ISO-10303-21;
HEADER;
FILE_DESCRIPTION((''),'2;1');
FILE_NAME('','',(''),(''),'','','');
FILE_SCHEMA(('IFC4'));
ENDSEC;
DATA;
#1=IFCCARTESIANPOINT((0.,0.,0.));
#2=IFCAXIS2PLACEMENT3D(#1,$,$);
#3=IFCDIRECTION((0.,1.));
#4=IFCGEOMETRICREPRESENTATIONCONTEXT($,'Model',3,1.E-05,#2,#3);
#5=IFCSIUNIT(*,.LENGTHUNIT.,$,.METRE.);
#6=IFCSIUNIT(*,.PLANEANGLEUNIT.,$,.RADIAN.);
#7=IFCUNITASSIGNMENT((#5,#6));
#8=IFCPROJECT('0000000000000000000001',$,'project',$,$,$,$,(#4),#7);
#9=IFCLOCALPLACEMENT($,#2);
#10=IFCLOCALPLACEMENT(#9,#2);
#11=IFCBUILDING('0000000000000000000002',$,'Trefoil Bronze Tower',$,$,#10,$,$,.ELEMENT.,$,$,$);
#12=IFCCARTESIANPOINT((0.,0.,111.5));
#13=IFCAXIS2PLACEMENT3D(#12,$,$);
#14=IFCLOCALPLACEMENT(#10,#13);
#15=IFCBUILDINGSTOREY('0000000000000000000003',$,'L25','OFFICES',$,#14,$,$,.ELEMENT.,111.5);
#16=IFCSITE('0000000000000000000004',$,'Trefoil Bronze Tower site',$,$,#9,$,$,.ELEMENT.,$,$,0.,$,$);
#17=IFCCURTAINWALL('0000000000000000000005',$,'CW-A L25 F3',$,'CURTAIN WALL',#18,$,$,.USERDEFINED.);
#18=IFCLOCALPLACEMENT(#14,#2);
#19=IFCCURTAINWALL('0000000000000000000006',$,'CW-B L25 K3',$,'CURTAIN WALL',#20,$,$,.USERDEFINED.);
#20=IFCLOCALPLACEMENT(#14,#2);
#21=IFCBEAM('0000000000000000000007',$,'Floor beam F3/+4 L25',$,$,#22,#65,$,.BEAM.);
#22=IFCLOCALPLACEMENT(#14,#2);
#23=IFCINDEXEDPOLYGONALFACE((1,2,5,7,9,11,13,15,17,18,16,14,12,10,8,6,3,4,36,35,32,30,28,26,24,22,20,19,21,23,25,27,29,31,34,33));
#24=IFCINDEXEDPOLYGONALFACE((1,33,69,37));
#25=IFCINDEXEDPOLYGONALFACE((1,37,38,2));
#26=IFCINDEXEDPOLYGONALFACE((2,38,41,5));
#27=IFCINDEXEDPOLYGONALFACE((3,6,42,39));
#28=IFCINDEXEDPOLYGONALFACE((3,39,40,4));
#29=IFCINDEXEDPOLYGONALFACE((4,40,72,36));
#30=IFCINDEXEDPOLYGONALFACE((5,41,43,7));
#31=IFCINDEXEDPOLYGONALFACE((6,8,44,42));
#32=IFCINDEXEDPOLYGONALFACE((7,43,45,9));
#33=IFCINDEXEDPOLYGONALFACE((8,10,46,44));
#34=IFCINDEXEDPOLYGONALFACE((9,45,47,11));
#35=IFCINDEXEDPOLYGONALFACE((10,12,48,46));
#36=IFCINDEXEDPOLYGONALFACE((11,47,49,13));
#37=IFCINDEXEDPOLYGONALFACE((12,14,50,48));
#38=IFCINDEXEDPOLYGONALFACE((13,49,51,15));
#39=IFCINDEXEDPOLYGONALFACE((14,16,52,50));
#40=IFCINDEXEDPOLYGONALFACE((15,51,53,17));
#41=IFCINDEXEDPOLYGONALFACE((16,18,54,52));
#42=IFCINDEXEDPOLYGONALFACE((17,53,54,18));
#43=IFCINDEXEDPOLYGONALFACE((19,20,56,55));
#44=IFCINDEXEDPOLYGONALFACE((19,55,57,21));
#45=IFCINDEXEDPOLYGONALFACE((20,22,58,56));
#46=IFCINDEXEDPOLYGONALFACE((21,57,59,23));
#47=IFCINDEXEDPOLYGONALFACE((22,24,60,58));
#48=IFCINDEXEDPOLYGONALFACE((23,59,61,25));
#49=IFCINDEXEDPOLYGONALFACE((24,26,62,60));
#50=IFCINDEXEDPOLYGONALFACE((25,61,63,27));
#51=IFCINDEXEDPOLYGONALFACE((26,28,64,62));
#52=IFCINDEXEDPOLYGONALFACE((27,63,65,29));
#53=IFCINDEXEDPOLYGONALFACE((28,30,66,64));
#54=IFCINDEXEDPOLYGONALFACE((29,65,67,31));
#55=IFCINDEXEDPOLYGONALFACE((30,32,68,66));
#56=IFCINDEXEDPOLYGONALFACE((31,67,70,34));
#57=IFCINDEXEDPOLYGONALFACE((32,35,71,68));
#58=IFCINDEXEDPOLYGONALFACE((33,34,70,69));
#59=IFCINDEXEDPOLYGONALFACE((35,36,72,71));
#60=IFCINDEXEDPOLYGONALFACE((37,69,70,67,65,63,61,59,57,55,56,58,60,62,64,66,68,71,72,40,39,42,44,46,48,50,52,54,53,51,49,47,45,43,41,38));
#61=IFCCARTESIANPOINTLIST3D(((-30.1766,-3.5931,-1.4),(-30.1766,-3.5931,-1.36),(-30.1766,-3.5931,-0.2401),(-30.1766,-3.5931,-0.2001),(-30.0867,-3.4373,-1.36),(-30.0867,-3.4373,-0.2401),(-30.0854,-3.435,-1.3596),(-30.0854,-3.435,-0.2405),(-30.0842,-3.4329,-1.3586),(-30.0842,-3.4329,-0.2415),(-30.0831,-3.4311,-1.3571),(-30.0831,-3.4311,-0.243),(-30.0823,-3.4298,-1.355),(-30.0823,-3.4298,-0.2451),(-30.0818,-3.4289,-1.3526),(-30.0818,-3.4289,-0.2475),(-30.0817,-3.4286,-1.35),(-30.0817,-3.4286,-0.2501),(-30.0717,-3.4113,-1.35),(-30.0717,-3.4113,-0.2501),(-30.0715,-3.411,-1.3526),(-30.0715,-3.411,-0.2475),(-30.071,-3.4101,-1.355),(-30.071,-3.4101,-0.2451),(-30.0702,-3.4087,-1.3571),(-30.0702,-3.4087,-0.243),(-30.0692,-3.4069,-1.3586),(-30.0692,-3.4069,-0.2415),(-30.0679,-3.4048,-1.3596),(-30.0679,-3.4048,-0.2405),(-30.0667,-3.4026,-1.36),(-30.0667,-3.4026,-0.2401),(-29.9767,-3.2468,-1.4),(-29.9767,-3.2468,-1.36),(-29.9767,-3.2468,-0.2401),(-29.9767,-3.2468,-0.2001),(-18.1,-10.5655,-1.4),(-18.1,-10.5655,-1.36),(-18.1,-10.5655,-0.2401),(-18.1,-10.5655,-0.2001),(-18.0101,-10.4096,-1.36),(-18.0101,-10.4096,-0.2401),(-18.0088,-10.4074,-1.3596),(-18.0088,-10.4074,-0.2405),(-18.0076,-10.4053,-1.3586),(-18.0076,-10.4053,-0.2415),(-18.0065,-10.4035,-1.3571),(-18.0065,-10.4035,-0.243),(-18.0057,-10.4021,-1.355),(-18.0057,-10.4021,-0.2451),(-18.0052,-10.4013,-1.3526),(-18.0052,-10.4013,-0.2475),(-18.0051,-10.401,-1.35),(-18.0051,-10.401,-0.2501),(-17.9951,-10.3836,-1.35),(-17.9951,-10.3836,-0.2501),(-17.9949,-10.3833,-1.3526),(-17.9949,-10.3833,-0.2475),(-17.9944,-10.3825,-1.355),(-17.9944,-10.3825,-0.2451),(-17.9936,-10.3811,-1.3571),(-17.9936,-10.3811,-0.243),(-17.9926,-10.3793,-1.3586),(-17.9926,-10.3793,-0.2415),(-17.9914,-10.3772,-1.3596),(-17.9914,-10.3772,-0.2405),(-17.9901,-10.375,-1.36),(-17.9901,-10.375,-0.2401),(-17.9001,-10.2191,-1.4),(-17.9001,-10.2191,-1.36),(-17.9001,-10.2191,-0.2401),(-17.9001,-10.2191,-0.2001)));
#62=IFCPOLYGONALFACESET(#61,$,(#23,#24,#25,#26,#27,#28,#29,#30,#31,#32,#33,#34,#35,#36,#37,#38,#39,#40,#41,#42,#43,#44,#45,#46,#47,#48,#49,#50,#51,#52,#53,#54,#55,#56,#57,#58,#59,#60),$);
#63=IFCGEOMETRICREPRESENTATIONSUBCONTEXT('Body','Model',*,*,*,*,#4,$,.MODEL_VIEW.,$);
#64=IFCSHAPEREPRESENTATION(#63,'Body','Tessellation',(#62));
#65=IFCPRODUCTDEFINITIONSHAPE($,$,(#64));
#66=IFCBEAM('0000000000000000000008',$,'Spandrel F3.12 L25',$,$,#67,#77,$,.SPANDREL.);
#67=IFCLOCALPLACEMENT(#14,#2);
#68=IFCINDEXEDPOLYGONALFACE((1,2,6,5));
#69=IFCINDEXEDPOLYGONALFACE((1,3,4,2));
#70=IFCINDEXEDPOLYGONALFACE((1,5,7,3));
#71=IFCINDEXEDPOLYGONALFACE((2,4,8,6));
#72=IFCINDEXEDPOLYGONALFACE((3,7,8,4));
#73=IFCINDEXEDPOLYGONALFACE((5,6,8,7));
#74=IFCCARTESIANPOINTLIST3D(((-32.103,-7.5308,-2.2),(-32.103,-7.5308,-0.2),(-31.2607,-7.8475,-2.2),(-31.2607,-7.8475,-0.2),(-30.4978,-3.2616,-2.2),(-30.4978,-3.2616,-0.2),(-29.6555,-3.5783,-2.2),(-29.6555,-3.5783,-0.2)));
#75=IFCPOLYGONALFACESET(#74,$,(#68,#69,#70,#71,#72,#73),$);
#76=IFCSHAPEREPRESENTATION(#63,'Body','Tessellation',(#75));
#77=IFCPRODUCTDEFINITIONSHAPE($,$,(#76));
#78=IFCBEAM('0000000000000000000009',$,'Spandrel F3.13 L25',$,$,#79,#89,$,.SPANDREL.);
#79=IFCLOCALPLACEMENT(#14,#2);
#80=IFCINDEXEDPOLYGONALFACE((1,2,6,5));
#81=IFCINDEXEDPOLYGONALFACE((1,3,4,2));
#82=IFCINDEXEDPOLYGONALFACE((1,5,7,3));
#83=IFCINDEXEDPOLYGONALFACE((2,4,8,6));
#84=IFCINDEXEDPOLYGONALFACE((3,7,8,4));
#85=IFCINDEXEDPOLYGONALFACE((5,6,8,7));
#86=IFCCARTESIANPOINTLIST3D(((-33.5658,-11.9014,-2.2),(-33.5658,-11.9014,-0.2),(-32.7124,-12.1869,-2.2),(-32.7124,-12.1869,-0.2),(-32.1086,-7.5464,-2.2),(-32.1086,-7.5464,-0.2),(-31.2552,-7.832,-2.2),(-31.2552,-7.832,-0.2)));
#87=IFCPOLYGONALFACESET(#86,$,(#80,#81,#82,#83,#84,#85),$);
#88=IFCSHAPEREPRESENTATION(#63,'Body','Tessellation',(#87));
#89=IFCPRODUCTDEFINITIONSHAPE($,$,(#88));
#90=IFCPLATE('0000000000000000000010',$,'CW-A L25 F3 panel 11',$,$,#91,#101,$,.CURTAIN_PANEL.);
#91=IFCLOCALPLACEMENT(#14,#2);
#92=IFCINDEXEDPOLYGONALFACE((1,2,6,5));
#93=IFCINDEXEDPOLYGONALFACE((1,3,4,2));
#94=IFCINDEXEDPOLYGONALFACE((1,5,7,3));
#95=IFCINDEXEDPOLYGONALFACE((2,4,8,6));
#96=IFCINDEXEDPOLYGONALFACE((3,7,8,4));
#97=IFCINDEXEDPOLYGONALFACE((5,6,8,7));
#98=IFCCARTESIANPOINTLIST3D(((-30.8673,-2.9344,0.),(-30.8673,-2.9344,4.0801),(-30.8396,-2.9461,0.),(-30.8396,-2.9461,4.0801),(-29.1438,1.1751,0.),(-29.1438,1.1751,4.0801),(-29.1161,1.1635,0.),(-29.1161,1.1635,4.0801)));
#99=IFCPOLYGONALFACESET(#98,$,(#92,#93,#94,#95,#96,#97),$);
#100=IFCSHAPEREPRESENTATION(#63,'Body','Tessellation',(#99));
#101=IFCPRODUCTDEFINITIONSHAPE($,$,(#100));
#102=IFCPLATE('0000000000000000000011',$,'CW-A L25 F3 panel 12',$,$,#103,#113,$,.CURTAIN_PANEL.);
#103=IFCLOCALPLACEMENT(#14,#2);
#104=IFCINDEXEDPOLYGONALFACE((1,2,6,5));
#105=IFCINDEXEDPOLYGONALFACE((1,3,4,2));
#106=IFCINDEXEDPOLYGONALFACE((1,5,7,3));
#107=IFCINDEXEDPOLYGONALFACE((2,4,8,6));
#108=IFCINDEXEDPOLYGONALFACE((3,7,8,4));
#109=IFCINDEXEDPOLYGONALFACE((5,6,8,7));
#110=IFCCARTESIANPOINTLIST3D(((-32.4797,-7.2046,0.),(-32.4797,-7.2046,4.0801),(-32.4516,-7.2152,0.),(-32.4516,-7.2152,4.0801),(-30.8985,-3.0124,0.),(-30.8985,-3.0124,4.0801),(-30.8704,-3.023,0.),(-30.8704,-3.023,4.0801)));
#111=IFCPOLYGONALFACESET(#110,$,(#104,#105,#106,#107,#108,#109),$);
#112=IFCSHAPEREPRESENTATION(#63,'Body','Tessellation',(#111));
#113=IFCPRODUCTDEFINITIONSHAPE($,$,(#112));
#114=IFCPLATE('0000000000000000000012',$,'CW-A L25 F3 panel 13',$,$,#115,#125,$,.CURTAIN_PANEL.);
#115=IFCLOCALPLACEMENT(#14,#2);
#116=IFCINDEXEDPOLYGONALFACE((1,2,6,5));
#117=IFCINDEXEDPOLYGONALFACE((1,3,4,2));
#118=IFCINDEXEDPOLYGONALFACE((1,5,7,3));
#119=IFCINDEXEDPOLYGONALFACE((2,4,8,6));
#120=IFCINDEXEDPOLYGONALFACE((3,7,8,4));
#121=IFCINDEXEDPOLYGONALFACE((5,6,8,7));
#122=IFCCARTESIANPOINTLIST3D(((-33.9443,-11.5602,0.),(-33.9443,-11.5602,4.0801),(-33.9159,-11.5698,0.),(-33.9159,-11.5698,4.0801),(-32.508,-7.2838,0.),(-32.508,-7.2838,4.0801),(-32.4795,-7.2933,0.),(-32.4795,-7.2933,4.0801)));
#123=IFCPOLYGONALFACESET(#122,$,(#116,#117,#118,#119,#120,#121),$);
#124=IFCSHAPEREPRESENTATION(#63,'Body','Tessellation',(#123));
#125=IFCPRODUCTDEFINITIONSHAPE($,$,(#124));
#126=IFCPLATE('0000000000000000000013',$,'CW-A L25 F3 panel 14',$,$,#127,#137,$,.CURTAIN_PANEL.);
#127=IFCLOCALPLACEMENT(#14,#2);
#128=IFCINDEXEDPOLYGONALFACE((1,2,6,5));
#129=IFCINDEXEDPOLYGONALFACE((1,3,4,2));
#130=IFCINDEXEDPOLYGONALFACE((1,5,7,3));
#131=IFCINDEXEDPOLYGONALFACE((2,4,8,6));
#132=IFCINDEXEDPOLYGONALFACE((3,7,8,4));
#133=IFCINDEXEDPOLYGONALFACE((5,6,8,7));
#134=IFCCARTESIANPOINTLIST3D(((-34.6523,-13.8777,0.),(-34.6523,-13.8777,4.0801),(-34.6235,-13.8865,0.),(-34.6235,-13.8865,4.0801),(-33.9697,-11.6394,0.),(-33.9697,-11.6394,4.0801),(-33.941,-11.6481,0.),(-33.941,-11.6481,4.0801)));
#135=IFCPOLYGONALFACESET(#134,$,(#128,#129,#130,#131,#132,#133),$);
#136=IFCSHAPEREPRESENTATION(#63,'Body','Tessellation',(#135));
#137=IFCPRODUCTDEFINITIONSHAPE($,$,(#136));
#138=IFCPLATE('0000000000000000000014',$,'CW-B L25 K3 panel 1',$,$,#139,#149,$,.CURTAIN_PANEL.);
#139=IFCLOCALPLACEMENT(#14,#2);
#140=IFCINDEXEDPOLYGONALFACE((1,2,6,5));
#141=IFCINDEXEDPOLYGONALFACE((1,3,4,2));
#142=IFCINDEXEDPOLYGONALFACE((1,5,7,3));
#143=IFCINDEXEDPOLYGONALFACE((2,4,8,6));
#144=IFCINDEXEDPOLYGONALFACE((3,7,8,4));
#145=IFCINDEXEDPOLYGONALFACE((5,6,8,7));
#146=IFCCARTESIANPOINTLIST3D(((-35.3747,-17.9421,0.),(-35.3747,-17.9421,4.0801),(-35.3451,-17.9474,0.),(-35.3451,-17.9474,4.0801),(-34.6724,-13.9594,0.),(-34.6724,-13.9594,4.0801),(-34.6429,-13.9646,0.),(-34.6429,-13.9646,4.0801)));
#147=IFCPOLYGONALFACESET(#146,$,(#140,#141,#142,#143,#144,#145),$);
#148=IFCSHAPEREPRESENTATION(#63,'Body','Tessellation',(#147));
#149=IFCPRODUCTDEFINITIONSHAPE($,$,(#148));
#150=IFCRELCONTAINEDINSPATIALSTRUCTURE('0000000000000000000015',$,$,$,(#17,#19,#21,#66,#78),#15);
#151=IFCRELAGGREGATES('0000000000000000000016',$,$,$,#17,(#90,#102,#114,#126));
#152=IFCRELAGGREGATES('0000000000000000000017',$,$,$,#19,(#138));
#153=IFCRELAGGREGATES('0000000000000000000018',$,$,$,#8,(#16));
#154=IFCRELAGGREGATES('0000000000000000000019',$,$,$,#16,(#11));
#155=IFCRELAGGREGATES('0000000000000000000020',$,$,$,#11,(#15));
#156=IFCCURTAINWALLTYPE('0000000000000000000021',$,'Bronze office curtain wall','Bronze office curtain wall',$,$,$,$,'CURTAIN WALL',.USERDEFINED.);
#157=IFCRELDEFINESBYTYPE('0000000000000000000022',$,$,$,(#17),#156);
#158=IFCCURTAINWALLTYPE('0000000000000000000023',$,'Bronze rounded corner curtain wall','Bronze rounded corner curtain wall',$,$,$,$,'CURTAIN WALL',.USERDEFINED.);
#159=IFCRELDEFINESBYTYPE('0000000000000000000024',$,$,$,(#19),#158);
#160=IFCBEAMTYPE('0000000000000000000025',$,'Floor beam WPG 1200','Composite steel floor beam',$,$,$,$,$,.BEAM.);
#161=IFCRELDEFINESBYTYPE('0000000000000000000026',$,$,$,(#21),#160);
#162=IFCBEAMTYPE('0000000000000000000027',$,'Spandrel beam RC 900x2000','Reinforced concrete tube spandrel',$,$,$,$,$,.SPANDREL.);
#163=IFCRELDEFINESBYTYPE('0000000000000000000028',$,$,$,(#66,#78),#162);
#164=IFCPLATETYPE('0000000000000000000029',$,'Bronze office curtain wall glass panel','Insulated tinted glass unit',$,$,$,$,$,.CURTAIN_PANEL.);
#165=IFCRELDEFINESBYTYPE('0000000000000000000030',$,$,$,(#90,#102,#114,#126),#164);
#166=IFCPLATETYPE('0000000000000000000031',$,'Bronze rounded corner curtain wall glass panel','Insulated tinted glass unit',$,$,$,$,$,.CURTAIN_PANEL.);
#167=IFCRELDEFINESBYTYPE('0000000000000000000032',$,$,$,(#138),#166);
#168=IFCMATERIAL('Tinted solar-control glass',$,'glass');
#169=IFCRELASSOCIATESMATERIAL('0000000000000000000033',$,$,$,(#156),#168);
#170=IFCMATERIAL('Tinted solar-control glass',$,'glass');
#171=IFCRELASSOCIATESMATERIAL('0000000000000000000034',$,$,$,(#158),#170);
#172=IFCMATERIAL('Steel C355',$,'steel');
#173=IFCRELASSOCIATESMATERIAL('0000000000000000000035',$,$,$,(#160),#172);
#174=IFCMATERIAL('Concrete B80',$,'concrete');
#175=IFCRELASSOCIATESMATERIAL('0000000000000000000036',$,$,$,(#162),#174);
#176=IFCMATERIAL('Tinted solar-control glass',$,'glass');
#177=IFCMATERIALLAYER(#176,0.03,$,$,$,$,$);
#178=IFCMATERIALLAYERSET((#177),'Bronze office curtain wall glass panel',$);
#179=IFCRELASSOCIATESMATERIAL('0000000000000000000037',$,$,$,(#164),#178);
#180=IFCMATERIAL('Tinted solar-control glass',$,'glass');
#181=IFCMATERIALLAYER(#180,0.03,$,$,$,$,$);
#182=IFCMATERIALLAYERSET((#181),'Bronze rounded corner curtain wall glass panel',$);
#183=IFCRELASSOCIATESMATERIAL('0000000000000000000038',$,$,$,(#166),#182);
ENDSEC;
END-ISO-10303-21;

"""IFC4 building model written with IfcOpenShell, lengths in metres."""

from ifc_helpers import new_model, si_unit, direction, frame, origin, origin_2d, place, context, subcontext, project, spatial, rectangle, i_section, extrude, material, layer, layer_set, material_profile, profile_set, type_object, element, aggregate, save


model = new_model("IFC4")

# Units and contexts
model_context = context("Model", 3, precision=1e-05, world=origin(), true_north=direction((0.0, 1.0)))
body_context = subcontext(model_context, "Body", "Model", "MODEL_VIEW")
ifc_project = project(units=[si_unit("LENGTHUNIT", "METRE"), si_unit("PLANEANGLEUNIT", "RADIAN")], contexts=[model_context])

# Site, building, storey
site_placement = place(None, origin())
site = spatial("IfcSite", under=ifc_project, at=site_placement, Name="Trefoil Bronze Tower site", CompositionType="ELEMENT", RefElevation=0.0)
building_placement = place(site_placement, origin())
building = spatial("IfcBuilding", under=site, at=building_placement, Name="Trefoil Bronze Tower", CompositionType="ELEMENT")
storey_placement = place(building_placement, frame((0.0, 0.0, 111.5)))
storey = spatial("IfcBuildingStorey", under=building, at=storey_placement, Name="L25", Description="OFFICES", CompositionType="ELEMENT", Elevation=111.5)

# Curtain walls
ifc_material_1 = material(Name="Tinted solar-control glass", Category="glass")
curtain_wall_type_1 = type_object("IfcCurtainWallType", Name="Bronze office curtain wall", Description="Bronze office curtain wall", ElementType="CURTAIN WALL", PredefinedType="USERDEFINED", material=ifc_material_1)
curtain_wall_1_placement = place(storey_placement, origin())
curtain_wall_1 = element("IfcCurtainWall", 1, at=curtain_wall_1_placement, inside=storey, type_object=curtain_wall_type_1, Name="CW-A L25 F3", ObjectType="CURTAIN WALL", PredefinedType="USERDEFINED")
ifc_material_2 = material(Name="Tinted solar-control glass", Category="glass")
curtain_wall_type_2 = type_object("IfcCurtainWallType", Name="Bronze rounded corner curtain wall", Description="Bronze rounded corner curtain wall", ElementType="CURTAIN WALL", PredefinedType="USERDEFINED", material=ifc_material_2)
curtain_wall_2_placement = place(storey_placement, origin())
curtain_wall_2 = element("IfcCurtainWall", 2, at=curtain_wall_2_placement, inside=storey, type_object=curtain_wall_type_2, Name="CW-B L25 K3", ObjectType="CURTAIN WALL", PredefinedType="USERDEFINED")

# Beams
ifc_material_3 = material(Name="Steel C355", Category="steel")
ifc_material_profile_1 = material_profile(ifc_material_3, i_section(OverallWidth=0.3999, OverallDepth=1.2, WebThickness=0.02, FlangeThickness=0.04, FilletRadius=0.01, at=origin_2d()), Name="WPG 1200")
ifc_profile_set_1 = profile_set([ifc_material_profile_1], Name="Steel C355")
beam_type_1 = type_object("IfcBeamType", Name="Floor beam WPG 1200", Description="Composite steel floor beam", PredefinedType="BEAM", material=ifc_profile_set_1)
beam_1_placement = place(storey_placement, frame((-30.0767, -3.4199, -0.8), z_axis=(0.866027, -0.499997, 0.0), x_axis=(0.499997, 0.866027, 0.0)))
element("IfcBeam", 3, at=beam_1_placement, inside=storey, type_object=beam_type_1, Name="Floor beam F3/+4 L25", PredefinedType="BEAM", context=body_context, shape_type="SweptSolid", body=[
    extrude(i_section(OverallWidth=0.3999, OverallDepth=1.2, WebThickness=0.02, FlangeThickness=0.04, FilletRadius=0.01, at=origin_2d()), origin(), (0.0, 0.0, 1.0), 13.9448),
])
ifc_material_4 = material(Name="Concrete B80", Category="concrete")
ifc_material_profile_2 = material_profile(ifc_material_4, rectangle(XDim=0.8999, YDim=2.0, at=origin_2d()), Name="RC 900x2000")
ifc_profile_set_2 = profile_set([ifc_material_profile_2], Name="Concrete B80")
beam_type_2 = type_object("IfcBeamType", Name="Spandrel beam RC 900x2000", Description="Reinforced concrete tube spandrel", PredefinedType="SPANDREL", material=ifc_profile_set_2)
beam_2_placement = place(storey_placement, frame((-30.0767, -3.4199, -1.2), z_axis=(-0.351939, -0.936023, 0.0), x_axis=(0.936023, -0.351939, 0.0)))
element("IfcBeam", 4, at=beam_2_placement, inside=storey, type_object=beam_type_2, Name="Spandrel F3.12 L25", PredefinedType="SPANDREL", context=body_context, shape_type="SweptSolid", body=[
    extrude(rectangle(XDim=0.8999, YDim=2.0, at=origin_2d()), origin(), (0.0, 0.0, 1.0), 4.561),
])
beam_3_placement = place(storey_placement, frame((-31.6819, -7.6892, -1.2), z_axis=(-0.317328, -0.948316, 0.0), x_axis=(0.948316, -0.317328, 0.0)))
element("IfcBeam", 5, at=beam_3_placement, inside=storey, type_object=beam_type_2, Name="Spandrel F3.13 L25", PredefinedType="SPANDREL", context=body_context, shape_type="SweptSolid", body=[
    extrude(rectangle(XDim=0.8999, YDim=2.0, at=origin_2d()), origin(), (0.0, 0.0, 1.0), 4.5923),
])

# Plates
ifc_material_5 = material(Name="Tinted solar-control glass", Category="glass")
ifc_layer_1 = layer(ifc_material_5, 0.03)
ifc_layer_set_1 = layer_set([ifc_layer_1], Name="Bronze office curtain wall glass panel")
plate_type_1 = type_object("IfcPlateType", Name="Bronze office curtain wall glass panel", Description="Insulated tinted glass unit", PredefinedType="CURTAIN_PANEL", material=ifc_layer_set_1)
plate_1_placement = place(storey_placement, frame((-29.9917, -0.8855, 0.0), z_axis=(0.0, 0.0, 1.0), x_axis=(-0.386759, -0.922181, 0.0)))
plate_1 = element("IfcPlate", 6, at=plate_1_placement, type_object=plate_type_1, Name="CW-A L25 F3 panel 11", PredefinedType="CURTAIN_PANEL", context=body_context, shape_type="SweptSolid", body=[
    extrude(rectangle(XDim=4.4563, YDim=0.03, at=origin_2d()), origin(), (0.0, 0.0, 1.0), 4.0801),
])
plate_2_placement = place(storey_placement, frame((-31.675, -5.1138, 0.0), z_axis=(0.0, 0.0, 1.0), x_axis=(-0.35292, -0.935654, 0.0)))
plate_2 = element("IfcPlate", 7, at=plate_2_placement, type_object=plate_type_1, Name="CW-A L25 F3 panel 12", PredefinedType="CURTAIN_PANEL", context=body_context, shape_type="SweptSolid", body=[
    extrude(rectangle(XDim=4.4805, YDim=0.03, at=origin_2d()), origin(), (0.0, 0.0, 1.0), 4.0801),
])
plate_3_placement = place(storey_placement, frame((-33.2119, -9.4268, 0.0), z_axis=(0.0, 0.0, 1.0), x_axis=(-0.318404, -0.947955, 0.0)))
plate_3 = element("IfcPlate", 8, at=plate_3_placement, type_object=plate_type_1, Name="CW-A L25 F3 panel 13", PredefinedType="CURTAIN_PANEL", context=body_context, shape_type="SweptSolid", body=[
    extrude(rectangle(XDim=4.5112, YDim=0.03, at=origin_2d()), origin(), (0.0, 0.0, 1.0), 4.0801),
])
plate_4_placement = place(storey_placement, frame((-34.2966, -12.7629, 0.0), z_axis=(0.0, 0.0, 1.0), x_axis=(-0.291669, -0.956519, 0.0)))
plate_4 = element("IfcPlate", 9, at=plate_4_placement, type_object=plate_type_1, Name="CW-A L25 F3 panel 14", PredefinedType="CURTAIN_PANEL", context=body_context, shape_type="SweptSolid", body=[
    extrude(rectangle(XDim=2.3401, YDim=0.03, at=origin_2d()), origin(), (0.0, 0.0, 1.0), 4.0801),
])
aggregate(curtain_wall_1, [plate_1, plate_2, plate_3, plate_4])
ifc_material_6 = material(Name="Tinted solar-control glass", Category="glass")
ifc_layer_2 = layer(ifc_material_6, 0.03)
ifc_layer_set_2 = layer_set([ifc_layer_2], Name="Bronze rounded corner curtain wall glass panel")
plate_type_2 = type_object("IfcPlateType", Name="Bronze rounded corner curtain wall glass panel", Description="Insulated tinted glass unit", PredefinedType="CURTAIN_PANEL", material=ifc_layer_set_2)
plate_5_placement = place(storey_placement, frame((-35.0088, -15.9534, 0.0), z_axis=(0.0, 0.0, 1.0), x_axis=(-0.173648, -0.984808, 0.0)))
plate_5 = element("IfcPlate", 10, at=plate_5_placement, type_object=plate_type_2, Name="CW-B L25 K3 panel 1", PredefinedType="CURTAIN_PANEL", context=body_context, shape_type="SweptSolid", body=[
    extrude(rectangle(XDim=4.0442, YDim=0.03, at=origin_2d()), origin(), (0.0, 0.0, 1.0), 4.0801),
])
aggregate(curtain_wall_2, [plate_5])

save(model, "model.ifc")
